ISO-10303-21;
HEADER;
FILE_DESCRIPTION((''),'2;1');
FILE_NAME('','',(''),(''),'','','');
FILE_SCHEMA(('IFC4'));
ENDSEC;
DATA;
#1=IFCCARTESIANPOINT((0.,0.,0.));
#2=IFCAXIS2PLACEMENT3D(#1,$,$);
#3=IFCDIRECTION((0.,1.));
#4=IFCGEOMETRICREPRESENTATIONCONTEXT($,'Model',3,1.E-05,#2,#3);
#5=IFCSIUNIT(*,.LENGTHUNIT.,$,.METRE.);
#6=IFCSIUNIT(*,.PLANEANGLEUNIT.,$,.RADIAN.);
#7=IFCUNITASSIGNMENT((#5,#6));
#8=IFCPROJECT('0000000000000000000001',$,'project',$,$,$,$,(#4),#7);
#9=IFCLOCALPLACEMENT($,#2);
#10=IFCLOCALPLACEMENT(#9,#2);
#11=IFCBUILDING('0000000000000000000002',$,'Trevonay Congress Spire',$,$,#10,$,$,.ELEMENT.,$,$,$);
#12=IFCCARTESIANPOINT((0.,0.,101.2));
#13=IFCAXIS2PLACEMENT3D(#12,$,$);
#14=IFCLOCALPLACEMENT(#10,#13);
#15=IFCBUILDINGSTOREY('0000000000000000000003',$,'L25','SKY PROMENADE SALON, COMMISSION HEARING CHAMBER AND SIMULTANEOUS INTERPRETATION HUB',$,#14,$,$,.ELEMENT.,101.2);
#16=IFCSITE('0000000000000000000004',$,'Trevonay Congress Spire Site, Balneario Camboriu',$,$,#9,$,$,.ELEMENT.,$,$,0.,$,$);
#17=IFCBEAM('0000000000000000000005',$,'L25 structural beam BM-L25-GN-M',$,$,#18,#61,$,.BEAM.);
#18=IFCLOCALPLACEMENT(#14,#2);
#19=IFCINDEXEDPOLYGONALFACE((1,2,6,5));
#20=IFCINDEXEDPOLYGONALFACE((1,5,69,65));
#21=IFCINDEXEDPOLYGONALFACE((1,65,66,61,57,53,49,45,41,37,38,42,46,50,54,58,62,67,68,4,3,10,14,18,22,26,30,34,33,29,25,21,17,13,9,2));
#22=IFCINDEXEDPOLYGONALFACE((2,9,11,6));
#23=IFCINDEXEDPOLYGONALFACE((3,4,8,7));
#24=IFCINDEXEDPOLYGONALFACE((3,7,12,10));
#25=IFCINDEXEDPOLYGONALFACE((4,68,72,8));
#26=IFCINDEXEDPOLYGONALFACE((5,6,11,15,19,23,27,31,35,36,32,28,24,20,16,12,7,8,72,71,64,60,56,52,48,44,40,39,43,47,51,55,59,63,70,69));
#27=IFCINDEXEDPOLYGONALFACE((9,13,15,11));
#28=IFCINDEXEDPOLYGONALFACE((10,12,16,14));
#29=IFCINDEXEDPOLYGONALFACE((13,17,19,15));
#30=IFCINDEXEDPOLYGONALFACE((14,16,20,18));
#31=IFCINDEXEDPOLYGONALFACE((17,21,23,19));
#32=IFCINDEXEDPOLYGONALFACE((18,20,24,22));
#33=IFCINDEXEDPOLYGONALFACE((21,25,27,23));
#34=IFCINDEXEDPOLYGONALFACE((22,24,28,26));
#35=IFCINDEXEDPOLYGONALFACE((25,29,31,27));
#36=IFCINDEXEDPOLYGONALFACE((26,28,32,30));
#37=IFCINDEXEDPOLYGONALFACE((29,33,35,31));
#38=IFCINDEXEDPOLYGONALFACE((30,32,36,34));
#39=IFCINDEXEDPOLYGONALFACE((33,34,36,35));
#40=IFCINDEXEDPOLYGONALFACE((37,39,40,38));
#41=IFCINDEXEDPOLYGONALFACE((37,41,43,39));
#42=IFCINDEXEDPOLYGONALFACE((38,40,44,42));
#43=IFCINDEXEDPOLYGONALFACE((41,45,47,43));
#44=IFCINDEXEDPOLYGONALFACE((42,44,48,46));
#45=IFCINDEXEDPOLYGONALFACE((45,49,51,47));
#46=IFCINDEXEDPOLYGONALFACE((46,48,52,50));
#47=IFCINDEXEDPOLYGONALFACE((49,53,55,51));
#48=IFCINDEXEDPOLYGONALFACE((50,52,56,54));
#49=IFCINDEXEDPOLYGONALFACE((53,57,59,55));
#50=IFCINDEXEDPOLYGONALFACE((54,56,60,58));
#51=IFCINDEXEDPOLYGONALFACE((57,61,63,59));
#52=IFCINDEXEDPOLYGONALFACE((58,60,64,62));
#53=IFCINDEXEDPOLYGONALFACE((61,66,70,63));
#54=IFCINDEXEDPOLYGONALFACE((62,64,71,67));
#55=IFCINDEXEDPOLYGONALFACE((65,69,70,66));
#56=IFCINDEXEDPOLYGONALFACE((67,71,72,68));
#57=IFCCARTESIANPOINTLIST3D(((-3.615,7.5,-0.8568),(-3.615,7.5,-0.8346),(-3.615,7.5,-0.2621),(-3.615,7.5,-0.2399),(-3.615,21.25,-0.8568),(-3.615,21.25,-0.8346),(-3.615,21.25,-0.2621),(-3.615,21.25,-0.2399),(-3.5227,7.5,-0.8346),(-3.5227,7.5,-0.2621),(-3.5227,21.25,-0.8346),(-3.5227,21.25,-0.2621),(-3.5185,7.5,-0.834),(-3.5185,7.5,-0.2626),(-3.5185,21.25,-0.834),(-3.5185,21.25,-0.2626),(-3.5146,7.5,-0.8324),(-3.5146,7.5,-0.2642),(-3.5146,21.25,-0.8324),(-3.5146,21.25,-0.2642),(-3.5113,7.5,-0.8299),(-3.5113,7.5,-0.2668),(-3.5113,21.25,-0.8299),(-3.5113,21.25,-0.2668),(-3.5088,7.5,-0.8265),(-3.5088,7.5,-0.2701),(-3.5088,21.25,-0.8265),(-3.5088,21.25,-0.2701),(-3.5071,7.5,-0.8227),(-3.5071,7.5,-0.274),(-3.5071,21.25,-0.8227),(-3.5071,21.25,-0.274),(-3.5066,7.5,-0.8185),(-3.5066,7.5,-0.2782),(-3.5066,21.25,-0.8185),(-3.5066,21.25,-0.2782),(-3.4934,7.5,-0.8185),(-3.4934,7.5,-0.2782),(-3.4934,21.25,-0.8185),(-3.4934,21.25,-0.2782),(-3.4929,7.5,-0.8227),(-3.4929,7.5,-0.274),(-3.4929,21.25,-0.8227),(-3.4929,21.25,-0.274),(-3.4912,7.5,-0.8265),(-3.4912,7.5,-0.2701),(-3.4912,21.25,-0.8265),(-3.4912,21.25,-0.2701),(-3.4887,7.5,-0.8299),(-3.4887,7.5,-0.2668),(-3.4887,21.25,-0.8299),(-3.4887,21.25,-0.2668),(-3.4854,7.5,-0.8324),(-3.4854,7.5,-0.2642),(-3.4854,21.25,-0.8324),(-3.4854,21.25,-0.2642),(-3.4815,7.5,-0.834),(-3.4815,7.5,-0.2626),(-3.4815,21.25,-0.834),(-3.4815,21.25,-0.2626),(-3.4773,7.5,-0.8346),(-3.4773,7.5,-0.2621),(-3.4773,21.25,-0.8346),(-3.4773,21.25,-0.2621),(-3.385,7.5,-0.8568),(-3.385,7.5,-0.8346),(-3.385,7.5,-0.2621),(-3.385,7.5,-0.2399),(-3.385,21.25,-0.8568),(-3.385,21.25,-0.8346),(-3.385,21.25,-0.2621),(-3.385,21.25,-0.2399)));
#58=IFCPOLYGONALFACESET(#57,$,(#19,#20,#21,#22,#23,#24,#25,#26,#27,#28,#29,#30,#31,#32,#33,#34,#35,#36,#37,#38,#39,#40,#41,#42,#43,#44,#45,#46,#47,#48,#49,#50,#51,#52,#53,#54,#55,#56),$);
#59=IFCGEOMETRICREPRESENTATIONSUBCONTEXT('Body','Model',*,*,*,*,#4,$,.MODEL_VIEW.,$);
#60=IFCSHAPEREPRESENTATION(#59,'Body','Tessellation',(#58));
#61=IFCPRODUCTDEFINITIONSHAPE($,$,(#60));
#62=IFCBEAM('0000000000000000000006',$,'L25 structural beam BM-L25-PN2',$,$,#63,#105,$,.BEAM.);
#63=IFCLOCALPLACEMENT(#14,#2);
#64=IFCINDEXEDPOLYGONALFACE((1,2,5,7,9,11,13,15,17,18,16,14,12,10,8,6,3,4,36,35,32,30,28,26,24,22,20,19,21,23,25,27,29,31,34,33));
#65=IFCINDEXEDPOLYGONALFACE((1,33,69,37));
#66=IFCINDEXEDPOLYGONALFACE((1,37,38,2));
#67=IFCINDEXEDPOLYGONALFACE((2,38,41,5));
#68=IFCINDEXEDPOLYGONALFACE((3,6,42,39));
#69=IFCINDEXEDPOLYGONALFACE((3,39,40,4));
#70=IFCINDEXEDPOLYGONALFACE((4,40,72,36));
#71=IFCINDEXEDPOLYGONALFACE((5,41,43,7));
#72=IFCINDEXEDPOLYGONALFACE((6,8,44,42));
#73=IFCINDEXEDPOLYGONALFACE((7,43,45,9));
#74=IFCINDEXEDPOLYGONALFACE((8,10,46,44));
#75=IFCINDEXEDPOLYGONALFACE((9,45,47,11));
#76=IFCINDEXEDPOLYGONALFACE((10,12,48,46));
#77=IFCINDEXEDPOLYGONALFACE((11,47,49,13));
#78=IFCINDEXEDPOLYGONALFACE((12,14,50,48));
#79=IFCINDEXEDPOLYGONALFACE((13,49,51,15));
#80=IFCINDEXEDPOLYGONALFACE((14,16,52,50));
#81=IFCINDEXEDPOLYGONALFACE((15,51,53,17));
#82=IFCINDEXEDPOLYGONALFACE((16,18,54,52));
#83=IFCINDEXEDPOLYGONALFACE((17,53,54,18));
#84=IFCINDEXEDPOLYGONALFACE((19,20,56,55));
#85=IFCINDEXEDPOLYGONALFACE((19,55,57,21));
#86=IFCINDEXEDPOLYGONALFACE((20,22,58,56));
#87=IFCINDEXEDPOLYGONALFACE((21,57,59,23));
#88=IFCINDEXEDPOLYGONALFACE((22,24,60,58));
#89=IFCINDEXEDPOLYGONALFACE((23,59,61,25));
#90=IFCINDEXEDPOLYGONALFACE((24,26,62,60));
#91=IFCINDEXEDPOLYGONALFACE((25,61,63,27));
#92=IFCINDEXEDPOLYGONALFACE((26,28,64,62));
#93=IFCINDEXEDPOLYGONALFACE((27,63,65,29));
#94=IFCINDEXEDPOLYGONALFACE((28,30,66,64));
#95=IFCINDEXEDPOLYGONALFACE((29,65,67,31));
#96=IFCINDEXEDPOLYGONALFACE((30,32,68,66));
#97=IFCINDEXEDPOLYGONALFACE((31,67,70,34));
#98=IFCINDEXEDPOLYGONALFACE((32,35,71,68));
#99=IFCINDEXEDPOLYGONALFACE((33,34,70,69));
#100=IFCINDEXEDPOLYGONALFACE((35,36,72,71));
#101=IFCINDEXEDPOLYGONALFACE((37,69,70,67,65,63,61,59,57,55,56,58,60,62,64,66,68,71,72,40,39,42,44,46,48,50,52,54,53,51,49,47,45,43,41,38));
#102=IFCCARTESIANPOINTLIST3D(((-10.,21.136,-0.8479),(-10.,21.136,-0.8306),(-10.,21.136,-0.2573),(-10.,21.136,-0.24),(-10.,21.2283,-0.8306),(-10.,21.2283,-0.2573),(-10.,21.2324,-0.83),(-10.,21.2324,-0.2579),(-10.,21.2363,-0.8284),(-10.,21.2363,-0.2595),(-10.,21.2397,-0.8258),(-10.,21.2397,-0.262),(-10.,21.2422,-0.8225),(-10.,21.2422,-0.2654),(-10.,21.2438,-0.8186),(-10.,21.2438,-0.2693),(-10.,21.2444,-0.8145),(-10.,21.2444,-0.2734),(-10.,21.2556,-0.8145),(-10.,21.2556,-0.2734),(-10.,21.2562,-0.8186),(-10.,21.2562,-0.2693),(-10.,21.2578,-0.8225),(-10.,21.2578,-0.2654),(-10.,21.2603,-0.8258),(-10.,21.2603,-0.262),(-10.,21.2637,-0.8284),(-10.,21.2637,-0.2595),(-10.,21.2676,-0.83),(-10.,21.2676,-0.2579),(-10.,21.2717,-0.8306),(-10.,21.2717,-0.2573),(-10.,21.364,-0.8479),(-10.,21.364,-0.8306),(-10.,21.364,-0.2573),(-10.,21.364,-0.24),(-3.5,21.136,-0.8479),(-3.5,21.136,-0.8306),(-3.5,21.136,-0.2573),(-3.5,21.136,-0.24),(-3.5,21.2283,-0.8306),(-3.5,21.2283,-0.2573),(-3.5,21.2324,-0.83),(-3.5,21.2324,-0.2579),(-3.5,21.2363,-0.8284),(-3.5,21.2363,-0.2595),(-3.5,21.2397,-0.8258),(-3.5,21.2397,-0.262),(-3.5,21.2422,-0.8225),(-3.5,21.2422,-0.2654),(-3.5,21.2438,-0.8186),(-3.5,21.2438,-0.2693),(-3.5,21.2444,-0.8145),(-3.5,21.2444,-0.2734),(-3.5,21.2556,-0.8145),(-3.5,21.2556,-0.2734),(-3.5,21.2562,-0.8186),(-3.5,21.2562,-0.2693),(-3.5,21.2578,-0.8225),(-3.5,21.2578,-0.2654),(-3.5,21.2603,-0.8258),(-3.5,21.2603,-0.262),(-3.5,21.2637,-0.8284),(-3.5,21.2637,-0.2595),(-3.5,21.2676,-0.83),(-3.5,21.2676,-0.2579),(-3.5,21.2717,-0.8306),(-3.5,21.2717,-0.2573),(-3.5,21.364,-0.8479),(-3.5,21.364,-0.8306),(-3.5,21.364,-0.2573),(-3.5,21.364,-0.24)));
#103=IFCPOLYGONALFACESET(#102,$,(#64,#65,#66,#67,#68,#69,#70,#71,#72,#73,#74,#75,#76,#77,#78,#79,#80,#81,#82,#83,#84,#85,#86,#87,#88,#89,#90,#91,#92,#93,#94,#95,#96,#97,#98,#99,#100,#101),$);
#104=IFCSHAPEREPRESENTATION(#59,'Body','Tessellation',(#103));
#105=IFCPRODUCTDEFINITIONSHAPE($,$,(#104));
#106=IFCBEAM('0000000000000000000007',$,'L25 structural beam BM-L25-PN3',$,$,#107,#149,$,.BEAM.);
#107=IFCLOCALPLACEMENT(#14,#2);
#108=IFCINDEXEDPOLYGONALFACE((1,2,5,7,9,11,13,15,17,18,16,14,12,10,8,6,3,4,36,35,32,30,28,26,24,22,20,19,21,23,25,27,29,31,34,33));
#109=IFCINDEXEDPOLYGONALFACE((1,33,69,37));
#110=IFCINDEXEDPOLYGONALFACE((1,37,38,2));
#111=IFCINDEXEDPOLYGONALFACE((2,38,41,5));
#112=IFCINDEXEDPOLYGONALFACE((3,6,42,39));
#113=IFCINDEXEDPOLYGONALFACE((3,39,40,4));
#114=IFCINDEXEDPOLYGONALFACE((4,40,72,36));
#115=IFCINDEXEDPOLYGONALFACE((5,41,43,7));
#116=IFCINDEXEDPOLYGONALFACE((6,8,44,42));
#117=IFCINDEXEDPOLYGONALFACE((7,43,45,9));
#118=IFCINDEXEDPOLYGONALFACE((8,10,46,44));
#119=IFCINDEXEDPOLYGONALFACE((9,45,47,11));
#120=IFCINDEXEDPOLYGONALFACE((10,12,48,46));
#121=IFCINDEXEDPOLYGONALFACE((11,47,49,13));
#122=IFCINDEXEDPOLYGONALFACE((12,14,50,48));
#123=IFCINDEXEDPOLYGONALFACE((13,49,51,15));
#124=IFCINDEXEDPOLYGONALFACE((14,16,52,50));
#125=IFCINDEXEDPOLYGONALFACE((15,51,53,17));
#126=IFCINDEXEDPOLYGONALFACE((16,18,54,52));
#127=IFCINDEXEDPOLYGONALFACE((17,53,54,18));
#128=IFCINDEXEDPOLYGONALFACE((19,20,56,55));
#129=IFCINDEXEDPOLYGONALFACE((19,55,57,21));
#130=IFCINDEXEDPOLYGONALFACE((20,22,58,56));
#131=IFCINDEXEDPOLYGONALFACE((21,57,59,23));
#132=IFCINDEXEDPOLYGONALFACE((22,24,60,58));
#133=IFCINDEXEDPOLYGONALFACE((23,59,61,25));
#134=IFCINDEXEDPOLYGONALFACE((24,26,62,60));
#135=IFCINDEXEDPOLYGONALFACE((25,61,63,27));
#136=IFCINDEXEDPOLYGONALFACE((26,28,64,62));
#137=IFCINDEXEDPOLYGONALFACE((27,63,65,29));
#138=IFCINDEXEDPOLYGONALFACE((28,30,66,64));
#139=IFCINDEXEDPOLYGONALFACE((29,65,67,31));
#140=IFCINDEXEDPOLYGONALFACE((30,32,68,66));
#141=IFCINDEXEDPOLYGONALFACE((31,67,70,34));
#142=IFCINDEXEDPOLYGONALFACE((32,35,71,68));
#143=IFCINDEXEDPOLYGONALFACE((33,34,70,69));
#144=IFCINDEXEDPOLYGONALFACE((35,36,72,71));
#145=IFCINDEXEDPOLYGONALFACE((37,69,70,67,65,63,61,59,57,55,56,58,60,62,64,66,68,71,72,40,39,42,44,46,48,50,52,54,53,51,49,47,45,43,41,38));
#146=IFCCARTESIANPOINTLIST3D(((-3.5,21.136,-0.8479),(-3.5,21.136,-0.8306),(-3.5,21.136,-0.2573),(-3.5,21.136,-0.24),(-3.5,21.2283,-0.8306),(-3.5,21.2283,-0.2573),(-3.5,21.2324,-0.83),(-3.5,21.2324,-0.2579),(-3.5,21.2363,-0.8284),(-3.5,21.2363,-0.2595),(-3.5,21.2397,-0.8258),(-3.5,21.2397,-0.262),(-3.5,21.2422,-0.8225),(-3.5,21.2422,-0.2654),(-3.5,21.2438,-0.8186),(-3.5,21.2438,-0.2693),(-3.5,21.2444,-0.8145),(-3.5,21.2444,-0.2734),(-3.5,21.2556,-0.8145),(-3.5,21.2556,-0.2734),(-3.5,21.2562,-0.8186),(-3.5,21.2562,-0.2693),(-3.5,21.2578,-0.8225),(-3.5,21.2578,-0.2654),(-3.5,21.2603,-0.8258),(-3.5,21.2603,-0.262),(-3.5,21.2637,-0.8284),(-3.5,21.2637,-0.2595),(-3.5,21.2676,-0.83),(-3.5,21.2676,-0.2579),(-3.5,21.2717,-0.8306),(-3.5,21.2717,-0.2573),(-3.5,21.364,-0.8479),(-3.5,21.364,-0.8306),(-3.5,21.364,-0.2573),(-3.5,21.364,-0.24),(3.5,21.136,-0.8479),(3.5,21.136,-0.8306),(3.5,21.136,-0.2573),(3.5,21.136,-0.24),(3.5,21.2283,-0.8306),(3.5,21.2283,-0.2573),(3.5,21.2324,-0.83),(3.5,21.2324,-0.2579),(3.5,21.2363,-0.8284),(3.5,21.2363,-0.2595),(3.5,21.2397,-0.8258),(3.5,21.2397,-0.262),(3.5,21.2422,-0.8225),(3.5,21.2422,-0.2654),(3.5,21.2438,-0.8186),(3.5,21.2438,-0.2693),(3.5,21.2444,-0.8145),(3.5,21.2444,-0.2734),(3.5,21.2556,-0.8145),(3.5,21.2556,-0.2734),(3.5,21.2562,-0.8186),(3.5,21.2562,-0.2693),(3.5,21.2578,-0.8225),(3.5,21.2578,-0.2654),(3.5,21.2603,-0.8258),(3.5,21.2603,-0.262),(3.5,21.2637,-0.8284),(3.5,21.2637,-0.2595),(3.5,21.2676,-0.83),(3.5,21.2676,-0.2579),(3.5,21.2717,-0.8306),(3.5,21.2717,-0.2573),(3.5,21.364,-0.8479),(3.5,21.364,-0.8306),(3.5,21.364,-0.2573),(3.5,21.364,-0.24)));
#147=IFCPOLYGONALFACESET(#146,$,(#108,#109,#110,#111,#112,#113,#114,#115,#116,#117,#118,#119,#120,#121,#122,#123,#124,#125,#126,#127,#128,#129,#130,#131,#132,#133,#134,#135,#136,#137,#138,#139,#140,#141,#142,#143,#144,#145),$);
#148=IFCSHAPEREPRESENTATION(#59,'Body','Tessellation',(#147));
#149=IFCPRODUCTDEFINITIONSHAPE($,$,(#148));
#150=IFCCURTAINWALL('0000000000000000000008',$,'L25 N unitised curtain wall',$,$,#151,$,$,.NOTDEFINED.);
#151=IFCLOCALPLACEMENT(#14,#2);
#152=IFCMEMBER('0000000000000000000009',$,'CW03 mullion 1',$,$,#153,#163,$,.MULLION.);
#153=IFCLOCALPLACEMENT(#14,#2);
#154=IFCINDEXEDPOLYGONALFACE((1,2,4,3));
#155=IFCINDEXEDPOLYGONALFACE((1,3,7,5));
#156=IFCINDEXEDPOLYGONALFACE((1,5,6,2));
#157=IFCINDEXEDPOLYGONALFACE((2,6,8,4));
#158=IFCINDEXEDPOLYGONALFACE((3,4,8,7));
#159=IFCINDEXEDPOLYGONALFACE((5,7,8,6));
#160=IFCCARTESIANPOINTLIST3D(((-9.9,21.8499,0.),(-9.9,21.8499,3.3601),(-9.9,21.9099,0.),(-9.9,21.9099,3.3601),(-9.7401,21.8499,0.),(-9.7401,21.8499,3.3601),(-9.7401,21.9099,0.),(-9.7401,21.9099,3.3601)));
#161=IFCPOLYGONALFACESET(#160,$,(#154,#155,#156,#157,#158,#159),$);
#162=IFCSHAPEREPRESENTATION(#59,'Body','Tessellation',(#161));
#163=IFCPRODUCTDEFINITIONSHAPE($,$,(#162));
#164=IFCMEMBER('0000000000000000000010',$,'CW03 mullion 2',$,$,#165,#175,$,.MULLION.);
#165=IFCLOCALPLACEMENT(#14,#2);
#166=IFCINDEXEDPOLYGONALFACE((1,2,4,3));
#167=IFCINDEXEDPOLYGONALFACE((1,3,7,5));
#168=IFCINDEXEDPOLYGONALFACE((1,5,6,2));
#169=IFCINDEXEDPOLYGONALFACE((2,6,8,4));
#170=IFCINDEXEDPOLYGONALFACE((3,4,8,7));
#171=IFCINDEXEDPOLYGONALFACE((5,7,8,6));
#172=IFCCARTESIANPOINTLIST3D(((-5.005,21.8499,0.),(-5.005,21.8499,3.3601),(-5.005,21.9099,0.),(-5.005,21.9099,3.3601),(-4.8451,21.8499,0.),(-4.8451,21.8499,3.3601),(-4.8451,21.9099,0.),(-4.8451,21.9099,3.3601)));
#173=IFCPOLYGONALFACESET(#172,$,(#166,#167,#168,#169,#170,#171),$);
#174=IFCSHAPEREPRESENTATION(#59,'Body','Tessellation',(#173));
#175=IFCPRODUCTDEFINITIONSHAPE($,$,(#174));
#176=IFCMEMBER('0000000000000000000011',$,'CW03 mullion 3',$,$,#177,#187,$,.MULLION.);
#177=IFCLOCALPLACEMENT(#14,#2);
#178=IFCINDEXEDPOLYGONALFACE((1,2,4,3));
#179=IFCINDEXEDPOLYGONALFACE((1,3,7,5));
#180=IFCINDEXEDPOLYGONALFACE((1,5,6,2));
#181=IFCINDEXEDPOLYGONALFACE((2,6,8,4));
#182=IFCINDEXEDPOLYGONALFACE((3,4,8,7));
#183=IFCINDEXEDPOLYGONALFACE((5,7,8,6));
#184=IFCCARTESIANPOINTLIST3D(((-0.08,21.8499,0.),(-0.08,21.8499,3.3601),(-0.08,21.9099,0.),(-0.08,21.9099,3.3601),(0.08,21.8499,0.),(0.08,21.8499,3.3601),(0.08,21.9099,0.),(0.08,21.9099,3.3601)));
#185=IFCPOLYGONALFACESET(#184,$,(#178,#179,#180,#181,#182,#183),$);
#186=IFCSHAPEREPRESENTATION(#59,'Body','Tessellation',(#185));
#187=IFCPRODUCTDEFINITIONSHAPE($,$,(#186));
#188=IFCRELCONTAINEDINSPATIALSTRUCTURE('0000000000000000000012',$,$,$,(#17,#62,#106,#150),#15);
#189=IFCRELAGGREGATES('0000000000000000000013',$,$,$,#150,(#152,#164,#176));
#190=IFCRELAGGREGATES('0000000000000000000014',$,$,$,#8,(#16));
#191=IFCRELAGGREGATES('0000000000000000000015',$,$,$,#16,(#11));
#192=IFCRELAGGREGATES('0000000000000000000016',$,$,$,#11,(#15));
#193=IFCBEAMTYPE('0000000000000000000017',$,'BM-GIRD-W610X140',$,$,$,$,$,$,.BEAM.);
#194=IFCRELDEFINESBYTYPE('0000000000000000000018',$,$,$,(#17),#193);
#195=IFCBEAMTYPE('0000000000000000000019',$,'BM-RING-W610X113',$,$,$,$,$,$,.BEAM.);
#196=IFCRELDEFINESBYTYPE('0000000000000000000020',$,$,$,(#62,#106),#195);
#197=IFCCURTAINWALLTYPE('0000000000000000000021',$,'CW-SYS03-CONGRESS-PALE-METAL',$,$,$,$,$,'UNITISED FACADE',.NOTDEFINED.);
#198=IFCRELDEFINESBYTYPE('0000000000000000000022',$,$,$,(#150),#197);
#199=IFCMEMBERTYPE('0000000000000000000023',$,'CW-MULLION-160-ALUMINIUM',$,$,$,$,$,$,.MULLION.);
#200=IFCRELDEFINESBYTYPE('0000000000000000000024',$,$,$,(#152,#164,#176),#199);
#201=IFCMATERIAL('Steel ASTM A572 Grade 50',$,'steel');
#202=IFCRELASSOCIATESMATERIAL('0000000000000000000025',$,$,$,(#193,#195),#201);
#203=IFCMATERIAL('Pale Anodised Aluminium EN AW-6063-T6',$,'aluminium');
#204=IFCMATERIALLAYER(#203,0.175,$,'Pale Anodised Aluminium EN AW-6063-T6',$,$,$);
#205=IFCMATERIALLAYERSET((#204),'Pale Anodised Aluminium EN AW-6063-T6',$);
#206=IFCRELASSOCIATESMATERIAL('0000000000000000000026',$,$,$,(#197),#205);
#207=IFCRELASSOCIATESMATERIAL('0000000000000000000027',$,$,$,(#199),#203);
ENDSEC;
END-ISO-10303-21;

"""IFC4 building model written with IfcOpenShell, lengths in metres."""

from ifc_helpers import new_model, si_unit, direction, frame, origin, origin_2d, place, context, subcontext, project, spatial, rectangle, i_section, extrude, material, layer, layer_set, material_profile, profile_set, type_object, element, aggregate, save


model = new_model("IFC4")

# Units and contexts
model_context = context("Model", 3, precision=1e-05, world=origin(), true_north=direction((0.0, 1.0)))
body_context = subcontext(model_context, "Body", "Model", "MODEL_VIEW")
ifc_project = project(units=[si_unit("LENGTHUNIT", "METRE"), si_unit("PLANEANGLEUNIT", "RADIAN")], contexts=[model_context])

# Site, building, storey
site_placement = place(None, origin())
site = spatial("IfcSite", under=ifc_project, at=site_placement, Name="Trevonay Congress Spire Site, Balneario Camboriu", CompositionType="ELEMENT", RefElevation=0.0)
building_placement = place(site_placement, origin())
building = spatial("IfcBuilding", under=site, at=building_placement, Name="Trevonay Congress Spire", CompositionType="ELEMENT")
storey_placement = place(building_placement, frame((0.0, 0.0, 101.2)))
storey = spatial("IfcBuildingStorey", under=building, at=storey_placement, Name="L25", Description="SKY PROMENADE SALON, COMMISSION HEARING CHAMBER AND SIMULTANEOUS INTERPRETATION HUB", CompositionType="ELEMENT", Elevation=101.2)

# Shared definitions
ifc_material_1 = material(Name="Steel ASTM A572 Grade 50", Category="steel")

# Beams
ifc_material_profile_1 = material_profile(ifc_material_1, i_section(OverallWidth=0.23, OverallDepth=0.6169, WebThickness=0.0132, FlangeThickness=0.0222, FilletRadius=0.0161, at=origin_2d()), Name="W610x140")
ifc_profile_set_1 = profile_set([ifc_material_profile_1], Name="Steel ASTM A572 Grade 50")
beam_type_1 = type_object("IfcBeamType", Name="BM-GIRD-W610X140", PredefinedType="BEAM", material=ifc_profile_set_1)
beam_1_placement = place(storey_placement, frame((-3.5, 7.5, -0.5483), z_axis=(0.0, 1.0, 0.0), x_axis=(-1.0, 0.0, 0.0)))
element("IfcBeam", 1, at=beam_1_placement, inside=storey, type_object=beam_type_1, Name="L25 structural beam BM-L25-GN-M", PredefinedType="BEAM", context=body_context, shape_type="SweptSolid", body=[
    extrude(i_section(OverallWidth=0.23, OverallDepth=0.6169, WebThickness=0.0132, FlangeThickness=0.0222, FilletRadius=0.0161, at=origin_2d()), origin(), (0.0, 0.0, 1.0), 13.75),
])
ifc_material_profile_2 = material_profile(ifc_material_1, i_section(OverallWidth=0.228, OverallDepth=0.6079, WebThickness=0.0112, FlangeThickness=0.0173, FilletRadius=0.0161, at=origin_2d()), Name="W610x113")
ifc_profile_set_2 = profile_set([ifc_material_profile_2], Name="Steel ASTM A572 Grade 50")
beam_type_2 = type_object("IfcBeamType", Name="BM-RING-W610X113", PredefinedType="BEAM", material=ifc_profile_set_2)
beam_2_placement = place(storey_placement, frame((-10.0, 21.25, -0.5439), z_axis=(1.0, 0.0, 0.0), x_axis=(0.0, 1.0, 0.0)))
element("IfcBeam", 2, at=beam_2_placement, inside=storey, type_object=beam_type_2, Name="L25 structural beam BM-L25-PN2", PredefinedType="BEAM", context=body_context, shape_type="SweptSolid", body=[
    extrude(i_section(OverallWidth=0.228, OverallDepth=0.6079, WebThickness=0.0112, FlangeThickness=0.0173, FilletRadius=0.0161, at=origin_2d()), origin(), (0.0, 0.0, 1.0), 6.5),
])
beam_3_placement = place(storey_placement, frame((-3.5, 21.25, -0.5439), z_axis=(1.0, 0.0, 0.0), x_axis=(0.0, 1.0, 0.0)))
element("IfcBeam", 3, at=beam_3_placement, inside=storey, type_object=beam_type_2, Name="L25 structural beam BM-L25-PN3", PredefinedType="BEAM", context=body_context, shape_type="SweptSolid", body=[
    extrude(i_section(OverallWidth=0.228, OverallDepth=0.6079, WebThickness=0.0112, FlangeThickness=0.0173, FilletRadius=0.0161, at=origin_2d()), origin(), (0.0, 0.0, 1.0), 7.0),
])

# Curtain wall, members
ifc_material_2 = material(Name="Pale Anodised Aluminium EN AW-6063-T6", Category="aluminium")
ifc_layer_1 = layer(ifc_material_2, 0.175, Name="Pale Anodised Aluminium EN AW-6063-T6")
ifc_layer_set_1 = layer_set([ifc_layer_1], Name="Pale Anodised Aluminium EN AW-6063-T6")
curtain_wall_type = type_object("IfcCurtainWallType", Name="CW-SYS03-CONGRESS-PALE-METAL", ElementType="UNITISED FACADE", PredefinedType="NOTDEFINED", material=ifc_layer_set_1)
curtain_wall_placement = place(storey_placement, origin())
curtain_wall = element("IfcCurtainWall", 4, at=curtain_wall_placement, inside=storey, type_object=curtain_wall_type, Name="L25 N unitised curtain wall", PredefinedType="NOTDEFINED")
ifc_material_profile_3 = material_profile(ifc_material_2, rectangle(XDim=0.0601, YDim=0.1599, at=origin_2d()), Name="CW-MULLION-160-ALUMINIUM")
ifc_profile_set_3 = profile_set([ifc_material_profile_3], Name="Pale Anodised Aluminium EN AW-6063-T6")
member_type_1 = type_object("IfcMemberType", Name="CW-MULLION-160-ALUMINIUM", PredefinedType="MULLION", material=ifc_profile_set_3)
member_1_placement = place(storey_placement, frame((-9.8201, 21.8799, 0.0), z_axis=(0.0, 0.0, 1.0), x_axis=(0.0, 1.0, 0.0)))
member_1 = element("IfcMember", 5, at=member_1_placement, type_object=member_type_1, Name="CW03 mullion 1", PredefinedType="MULLION", context=body_context, shape_type="SweptSolid", body=[
    extrude(rectangle(XDim=0.0601, YDim=0.1599, at=origin_2d()), origin(), (0.0, 0.0, 1.0), 3.3601),
])
member_2_placement = place(storey_placement, frame((-4.925, 21.8799, 0.0), z_axis=(0.0, 0.0, 1.0), x_axis=(0.0, 1.0, 0.0)))
member_2 = element("IfcMember", 6, at=member_2_placement, type_object=member_type_1, Name="CW03 mullion 2", PredefinedType="MULLION", context=body_context, shape_type="SweptSolid", body=[
    extrude(rectangle(XDim=0.0601, YDim=0.1599, at=origin_2d()), origin(), (0.0, 0.0, 1.0), 3.3601),
])
member_3_placement = place(storey_placement, frame((0.0, 21.8799, 0.0), z_axis=(0.0, 0.0, 1.0), x_axis=(0.0, 1.0, 0.0)))
member_3 = element("IfcMember", 7, at=member_3_placement, type_object=member_type_1, Name="CW03 mullion 3", PredefinedType="MULLION", context=body_context, shape_type="SweptSolid", body=[
    extrude(rectangle(XDim=0.0601, YDim=0.1599, at=origin_2d()), origin(), (0.0, 0.0, 1.0), 3.3601),
])
aggregate(curtain_wall, [member_1, member_2, member_3])

save(model, "model.ifc")
